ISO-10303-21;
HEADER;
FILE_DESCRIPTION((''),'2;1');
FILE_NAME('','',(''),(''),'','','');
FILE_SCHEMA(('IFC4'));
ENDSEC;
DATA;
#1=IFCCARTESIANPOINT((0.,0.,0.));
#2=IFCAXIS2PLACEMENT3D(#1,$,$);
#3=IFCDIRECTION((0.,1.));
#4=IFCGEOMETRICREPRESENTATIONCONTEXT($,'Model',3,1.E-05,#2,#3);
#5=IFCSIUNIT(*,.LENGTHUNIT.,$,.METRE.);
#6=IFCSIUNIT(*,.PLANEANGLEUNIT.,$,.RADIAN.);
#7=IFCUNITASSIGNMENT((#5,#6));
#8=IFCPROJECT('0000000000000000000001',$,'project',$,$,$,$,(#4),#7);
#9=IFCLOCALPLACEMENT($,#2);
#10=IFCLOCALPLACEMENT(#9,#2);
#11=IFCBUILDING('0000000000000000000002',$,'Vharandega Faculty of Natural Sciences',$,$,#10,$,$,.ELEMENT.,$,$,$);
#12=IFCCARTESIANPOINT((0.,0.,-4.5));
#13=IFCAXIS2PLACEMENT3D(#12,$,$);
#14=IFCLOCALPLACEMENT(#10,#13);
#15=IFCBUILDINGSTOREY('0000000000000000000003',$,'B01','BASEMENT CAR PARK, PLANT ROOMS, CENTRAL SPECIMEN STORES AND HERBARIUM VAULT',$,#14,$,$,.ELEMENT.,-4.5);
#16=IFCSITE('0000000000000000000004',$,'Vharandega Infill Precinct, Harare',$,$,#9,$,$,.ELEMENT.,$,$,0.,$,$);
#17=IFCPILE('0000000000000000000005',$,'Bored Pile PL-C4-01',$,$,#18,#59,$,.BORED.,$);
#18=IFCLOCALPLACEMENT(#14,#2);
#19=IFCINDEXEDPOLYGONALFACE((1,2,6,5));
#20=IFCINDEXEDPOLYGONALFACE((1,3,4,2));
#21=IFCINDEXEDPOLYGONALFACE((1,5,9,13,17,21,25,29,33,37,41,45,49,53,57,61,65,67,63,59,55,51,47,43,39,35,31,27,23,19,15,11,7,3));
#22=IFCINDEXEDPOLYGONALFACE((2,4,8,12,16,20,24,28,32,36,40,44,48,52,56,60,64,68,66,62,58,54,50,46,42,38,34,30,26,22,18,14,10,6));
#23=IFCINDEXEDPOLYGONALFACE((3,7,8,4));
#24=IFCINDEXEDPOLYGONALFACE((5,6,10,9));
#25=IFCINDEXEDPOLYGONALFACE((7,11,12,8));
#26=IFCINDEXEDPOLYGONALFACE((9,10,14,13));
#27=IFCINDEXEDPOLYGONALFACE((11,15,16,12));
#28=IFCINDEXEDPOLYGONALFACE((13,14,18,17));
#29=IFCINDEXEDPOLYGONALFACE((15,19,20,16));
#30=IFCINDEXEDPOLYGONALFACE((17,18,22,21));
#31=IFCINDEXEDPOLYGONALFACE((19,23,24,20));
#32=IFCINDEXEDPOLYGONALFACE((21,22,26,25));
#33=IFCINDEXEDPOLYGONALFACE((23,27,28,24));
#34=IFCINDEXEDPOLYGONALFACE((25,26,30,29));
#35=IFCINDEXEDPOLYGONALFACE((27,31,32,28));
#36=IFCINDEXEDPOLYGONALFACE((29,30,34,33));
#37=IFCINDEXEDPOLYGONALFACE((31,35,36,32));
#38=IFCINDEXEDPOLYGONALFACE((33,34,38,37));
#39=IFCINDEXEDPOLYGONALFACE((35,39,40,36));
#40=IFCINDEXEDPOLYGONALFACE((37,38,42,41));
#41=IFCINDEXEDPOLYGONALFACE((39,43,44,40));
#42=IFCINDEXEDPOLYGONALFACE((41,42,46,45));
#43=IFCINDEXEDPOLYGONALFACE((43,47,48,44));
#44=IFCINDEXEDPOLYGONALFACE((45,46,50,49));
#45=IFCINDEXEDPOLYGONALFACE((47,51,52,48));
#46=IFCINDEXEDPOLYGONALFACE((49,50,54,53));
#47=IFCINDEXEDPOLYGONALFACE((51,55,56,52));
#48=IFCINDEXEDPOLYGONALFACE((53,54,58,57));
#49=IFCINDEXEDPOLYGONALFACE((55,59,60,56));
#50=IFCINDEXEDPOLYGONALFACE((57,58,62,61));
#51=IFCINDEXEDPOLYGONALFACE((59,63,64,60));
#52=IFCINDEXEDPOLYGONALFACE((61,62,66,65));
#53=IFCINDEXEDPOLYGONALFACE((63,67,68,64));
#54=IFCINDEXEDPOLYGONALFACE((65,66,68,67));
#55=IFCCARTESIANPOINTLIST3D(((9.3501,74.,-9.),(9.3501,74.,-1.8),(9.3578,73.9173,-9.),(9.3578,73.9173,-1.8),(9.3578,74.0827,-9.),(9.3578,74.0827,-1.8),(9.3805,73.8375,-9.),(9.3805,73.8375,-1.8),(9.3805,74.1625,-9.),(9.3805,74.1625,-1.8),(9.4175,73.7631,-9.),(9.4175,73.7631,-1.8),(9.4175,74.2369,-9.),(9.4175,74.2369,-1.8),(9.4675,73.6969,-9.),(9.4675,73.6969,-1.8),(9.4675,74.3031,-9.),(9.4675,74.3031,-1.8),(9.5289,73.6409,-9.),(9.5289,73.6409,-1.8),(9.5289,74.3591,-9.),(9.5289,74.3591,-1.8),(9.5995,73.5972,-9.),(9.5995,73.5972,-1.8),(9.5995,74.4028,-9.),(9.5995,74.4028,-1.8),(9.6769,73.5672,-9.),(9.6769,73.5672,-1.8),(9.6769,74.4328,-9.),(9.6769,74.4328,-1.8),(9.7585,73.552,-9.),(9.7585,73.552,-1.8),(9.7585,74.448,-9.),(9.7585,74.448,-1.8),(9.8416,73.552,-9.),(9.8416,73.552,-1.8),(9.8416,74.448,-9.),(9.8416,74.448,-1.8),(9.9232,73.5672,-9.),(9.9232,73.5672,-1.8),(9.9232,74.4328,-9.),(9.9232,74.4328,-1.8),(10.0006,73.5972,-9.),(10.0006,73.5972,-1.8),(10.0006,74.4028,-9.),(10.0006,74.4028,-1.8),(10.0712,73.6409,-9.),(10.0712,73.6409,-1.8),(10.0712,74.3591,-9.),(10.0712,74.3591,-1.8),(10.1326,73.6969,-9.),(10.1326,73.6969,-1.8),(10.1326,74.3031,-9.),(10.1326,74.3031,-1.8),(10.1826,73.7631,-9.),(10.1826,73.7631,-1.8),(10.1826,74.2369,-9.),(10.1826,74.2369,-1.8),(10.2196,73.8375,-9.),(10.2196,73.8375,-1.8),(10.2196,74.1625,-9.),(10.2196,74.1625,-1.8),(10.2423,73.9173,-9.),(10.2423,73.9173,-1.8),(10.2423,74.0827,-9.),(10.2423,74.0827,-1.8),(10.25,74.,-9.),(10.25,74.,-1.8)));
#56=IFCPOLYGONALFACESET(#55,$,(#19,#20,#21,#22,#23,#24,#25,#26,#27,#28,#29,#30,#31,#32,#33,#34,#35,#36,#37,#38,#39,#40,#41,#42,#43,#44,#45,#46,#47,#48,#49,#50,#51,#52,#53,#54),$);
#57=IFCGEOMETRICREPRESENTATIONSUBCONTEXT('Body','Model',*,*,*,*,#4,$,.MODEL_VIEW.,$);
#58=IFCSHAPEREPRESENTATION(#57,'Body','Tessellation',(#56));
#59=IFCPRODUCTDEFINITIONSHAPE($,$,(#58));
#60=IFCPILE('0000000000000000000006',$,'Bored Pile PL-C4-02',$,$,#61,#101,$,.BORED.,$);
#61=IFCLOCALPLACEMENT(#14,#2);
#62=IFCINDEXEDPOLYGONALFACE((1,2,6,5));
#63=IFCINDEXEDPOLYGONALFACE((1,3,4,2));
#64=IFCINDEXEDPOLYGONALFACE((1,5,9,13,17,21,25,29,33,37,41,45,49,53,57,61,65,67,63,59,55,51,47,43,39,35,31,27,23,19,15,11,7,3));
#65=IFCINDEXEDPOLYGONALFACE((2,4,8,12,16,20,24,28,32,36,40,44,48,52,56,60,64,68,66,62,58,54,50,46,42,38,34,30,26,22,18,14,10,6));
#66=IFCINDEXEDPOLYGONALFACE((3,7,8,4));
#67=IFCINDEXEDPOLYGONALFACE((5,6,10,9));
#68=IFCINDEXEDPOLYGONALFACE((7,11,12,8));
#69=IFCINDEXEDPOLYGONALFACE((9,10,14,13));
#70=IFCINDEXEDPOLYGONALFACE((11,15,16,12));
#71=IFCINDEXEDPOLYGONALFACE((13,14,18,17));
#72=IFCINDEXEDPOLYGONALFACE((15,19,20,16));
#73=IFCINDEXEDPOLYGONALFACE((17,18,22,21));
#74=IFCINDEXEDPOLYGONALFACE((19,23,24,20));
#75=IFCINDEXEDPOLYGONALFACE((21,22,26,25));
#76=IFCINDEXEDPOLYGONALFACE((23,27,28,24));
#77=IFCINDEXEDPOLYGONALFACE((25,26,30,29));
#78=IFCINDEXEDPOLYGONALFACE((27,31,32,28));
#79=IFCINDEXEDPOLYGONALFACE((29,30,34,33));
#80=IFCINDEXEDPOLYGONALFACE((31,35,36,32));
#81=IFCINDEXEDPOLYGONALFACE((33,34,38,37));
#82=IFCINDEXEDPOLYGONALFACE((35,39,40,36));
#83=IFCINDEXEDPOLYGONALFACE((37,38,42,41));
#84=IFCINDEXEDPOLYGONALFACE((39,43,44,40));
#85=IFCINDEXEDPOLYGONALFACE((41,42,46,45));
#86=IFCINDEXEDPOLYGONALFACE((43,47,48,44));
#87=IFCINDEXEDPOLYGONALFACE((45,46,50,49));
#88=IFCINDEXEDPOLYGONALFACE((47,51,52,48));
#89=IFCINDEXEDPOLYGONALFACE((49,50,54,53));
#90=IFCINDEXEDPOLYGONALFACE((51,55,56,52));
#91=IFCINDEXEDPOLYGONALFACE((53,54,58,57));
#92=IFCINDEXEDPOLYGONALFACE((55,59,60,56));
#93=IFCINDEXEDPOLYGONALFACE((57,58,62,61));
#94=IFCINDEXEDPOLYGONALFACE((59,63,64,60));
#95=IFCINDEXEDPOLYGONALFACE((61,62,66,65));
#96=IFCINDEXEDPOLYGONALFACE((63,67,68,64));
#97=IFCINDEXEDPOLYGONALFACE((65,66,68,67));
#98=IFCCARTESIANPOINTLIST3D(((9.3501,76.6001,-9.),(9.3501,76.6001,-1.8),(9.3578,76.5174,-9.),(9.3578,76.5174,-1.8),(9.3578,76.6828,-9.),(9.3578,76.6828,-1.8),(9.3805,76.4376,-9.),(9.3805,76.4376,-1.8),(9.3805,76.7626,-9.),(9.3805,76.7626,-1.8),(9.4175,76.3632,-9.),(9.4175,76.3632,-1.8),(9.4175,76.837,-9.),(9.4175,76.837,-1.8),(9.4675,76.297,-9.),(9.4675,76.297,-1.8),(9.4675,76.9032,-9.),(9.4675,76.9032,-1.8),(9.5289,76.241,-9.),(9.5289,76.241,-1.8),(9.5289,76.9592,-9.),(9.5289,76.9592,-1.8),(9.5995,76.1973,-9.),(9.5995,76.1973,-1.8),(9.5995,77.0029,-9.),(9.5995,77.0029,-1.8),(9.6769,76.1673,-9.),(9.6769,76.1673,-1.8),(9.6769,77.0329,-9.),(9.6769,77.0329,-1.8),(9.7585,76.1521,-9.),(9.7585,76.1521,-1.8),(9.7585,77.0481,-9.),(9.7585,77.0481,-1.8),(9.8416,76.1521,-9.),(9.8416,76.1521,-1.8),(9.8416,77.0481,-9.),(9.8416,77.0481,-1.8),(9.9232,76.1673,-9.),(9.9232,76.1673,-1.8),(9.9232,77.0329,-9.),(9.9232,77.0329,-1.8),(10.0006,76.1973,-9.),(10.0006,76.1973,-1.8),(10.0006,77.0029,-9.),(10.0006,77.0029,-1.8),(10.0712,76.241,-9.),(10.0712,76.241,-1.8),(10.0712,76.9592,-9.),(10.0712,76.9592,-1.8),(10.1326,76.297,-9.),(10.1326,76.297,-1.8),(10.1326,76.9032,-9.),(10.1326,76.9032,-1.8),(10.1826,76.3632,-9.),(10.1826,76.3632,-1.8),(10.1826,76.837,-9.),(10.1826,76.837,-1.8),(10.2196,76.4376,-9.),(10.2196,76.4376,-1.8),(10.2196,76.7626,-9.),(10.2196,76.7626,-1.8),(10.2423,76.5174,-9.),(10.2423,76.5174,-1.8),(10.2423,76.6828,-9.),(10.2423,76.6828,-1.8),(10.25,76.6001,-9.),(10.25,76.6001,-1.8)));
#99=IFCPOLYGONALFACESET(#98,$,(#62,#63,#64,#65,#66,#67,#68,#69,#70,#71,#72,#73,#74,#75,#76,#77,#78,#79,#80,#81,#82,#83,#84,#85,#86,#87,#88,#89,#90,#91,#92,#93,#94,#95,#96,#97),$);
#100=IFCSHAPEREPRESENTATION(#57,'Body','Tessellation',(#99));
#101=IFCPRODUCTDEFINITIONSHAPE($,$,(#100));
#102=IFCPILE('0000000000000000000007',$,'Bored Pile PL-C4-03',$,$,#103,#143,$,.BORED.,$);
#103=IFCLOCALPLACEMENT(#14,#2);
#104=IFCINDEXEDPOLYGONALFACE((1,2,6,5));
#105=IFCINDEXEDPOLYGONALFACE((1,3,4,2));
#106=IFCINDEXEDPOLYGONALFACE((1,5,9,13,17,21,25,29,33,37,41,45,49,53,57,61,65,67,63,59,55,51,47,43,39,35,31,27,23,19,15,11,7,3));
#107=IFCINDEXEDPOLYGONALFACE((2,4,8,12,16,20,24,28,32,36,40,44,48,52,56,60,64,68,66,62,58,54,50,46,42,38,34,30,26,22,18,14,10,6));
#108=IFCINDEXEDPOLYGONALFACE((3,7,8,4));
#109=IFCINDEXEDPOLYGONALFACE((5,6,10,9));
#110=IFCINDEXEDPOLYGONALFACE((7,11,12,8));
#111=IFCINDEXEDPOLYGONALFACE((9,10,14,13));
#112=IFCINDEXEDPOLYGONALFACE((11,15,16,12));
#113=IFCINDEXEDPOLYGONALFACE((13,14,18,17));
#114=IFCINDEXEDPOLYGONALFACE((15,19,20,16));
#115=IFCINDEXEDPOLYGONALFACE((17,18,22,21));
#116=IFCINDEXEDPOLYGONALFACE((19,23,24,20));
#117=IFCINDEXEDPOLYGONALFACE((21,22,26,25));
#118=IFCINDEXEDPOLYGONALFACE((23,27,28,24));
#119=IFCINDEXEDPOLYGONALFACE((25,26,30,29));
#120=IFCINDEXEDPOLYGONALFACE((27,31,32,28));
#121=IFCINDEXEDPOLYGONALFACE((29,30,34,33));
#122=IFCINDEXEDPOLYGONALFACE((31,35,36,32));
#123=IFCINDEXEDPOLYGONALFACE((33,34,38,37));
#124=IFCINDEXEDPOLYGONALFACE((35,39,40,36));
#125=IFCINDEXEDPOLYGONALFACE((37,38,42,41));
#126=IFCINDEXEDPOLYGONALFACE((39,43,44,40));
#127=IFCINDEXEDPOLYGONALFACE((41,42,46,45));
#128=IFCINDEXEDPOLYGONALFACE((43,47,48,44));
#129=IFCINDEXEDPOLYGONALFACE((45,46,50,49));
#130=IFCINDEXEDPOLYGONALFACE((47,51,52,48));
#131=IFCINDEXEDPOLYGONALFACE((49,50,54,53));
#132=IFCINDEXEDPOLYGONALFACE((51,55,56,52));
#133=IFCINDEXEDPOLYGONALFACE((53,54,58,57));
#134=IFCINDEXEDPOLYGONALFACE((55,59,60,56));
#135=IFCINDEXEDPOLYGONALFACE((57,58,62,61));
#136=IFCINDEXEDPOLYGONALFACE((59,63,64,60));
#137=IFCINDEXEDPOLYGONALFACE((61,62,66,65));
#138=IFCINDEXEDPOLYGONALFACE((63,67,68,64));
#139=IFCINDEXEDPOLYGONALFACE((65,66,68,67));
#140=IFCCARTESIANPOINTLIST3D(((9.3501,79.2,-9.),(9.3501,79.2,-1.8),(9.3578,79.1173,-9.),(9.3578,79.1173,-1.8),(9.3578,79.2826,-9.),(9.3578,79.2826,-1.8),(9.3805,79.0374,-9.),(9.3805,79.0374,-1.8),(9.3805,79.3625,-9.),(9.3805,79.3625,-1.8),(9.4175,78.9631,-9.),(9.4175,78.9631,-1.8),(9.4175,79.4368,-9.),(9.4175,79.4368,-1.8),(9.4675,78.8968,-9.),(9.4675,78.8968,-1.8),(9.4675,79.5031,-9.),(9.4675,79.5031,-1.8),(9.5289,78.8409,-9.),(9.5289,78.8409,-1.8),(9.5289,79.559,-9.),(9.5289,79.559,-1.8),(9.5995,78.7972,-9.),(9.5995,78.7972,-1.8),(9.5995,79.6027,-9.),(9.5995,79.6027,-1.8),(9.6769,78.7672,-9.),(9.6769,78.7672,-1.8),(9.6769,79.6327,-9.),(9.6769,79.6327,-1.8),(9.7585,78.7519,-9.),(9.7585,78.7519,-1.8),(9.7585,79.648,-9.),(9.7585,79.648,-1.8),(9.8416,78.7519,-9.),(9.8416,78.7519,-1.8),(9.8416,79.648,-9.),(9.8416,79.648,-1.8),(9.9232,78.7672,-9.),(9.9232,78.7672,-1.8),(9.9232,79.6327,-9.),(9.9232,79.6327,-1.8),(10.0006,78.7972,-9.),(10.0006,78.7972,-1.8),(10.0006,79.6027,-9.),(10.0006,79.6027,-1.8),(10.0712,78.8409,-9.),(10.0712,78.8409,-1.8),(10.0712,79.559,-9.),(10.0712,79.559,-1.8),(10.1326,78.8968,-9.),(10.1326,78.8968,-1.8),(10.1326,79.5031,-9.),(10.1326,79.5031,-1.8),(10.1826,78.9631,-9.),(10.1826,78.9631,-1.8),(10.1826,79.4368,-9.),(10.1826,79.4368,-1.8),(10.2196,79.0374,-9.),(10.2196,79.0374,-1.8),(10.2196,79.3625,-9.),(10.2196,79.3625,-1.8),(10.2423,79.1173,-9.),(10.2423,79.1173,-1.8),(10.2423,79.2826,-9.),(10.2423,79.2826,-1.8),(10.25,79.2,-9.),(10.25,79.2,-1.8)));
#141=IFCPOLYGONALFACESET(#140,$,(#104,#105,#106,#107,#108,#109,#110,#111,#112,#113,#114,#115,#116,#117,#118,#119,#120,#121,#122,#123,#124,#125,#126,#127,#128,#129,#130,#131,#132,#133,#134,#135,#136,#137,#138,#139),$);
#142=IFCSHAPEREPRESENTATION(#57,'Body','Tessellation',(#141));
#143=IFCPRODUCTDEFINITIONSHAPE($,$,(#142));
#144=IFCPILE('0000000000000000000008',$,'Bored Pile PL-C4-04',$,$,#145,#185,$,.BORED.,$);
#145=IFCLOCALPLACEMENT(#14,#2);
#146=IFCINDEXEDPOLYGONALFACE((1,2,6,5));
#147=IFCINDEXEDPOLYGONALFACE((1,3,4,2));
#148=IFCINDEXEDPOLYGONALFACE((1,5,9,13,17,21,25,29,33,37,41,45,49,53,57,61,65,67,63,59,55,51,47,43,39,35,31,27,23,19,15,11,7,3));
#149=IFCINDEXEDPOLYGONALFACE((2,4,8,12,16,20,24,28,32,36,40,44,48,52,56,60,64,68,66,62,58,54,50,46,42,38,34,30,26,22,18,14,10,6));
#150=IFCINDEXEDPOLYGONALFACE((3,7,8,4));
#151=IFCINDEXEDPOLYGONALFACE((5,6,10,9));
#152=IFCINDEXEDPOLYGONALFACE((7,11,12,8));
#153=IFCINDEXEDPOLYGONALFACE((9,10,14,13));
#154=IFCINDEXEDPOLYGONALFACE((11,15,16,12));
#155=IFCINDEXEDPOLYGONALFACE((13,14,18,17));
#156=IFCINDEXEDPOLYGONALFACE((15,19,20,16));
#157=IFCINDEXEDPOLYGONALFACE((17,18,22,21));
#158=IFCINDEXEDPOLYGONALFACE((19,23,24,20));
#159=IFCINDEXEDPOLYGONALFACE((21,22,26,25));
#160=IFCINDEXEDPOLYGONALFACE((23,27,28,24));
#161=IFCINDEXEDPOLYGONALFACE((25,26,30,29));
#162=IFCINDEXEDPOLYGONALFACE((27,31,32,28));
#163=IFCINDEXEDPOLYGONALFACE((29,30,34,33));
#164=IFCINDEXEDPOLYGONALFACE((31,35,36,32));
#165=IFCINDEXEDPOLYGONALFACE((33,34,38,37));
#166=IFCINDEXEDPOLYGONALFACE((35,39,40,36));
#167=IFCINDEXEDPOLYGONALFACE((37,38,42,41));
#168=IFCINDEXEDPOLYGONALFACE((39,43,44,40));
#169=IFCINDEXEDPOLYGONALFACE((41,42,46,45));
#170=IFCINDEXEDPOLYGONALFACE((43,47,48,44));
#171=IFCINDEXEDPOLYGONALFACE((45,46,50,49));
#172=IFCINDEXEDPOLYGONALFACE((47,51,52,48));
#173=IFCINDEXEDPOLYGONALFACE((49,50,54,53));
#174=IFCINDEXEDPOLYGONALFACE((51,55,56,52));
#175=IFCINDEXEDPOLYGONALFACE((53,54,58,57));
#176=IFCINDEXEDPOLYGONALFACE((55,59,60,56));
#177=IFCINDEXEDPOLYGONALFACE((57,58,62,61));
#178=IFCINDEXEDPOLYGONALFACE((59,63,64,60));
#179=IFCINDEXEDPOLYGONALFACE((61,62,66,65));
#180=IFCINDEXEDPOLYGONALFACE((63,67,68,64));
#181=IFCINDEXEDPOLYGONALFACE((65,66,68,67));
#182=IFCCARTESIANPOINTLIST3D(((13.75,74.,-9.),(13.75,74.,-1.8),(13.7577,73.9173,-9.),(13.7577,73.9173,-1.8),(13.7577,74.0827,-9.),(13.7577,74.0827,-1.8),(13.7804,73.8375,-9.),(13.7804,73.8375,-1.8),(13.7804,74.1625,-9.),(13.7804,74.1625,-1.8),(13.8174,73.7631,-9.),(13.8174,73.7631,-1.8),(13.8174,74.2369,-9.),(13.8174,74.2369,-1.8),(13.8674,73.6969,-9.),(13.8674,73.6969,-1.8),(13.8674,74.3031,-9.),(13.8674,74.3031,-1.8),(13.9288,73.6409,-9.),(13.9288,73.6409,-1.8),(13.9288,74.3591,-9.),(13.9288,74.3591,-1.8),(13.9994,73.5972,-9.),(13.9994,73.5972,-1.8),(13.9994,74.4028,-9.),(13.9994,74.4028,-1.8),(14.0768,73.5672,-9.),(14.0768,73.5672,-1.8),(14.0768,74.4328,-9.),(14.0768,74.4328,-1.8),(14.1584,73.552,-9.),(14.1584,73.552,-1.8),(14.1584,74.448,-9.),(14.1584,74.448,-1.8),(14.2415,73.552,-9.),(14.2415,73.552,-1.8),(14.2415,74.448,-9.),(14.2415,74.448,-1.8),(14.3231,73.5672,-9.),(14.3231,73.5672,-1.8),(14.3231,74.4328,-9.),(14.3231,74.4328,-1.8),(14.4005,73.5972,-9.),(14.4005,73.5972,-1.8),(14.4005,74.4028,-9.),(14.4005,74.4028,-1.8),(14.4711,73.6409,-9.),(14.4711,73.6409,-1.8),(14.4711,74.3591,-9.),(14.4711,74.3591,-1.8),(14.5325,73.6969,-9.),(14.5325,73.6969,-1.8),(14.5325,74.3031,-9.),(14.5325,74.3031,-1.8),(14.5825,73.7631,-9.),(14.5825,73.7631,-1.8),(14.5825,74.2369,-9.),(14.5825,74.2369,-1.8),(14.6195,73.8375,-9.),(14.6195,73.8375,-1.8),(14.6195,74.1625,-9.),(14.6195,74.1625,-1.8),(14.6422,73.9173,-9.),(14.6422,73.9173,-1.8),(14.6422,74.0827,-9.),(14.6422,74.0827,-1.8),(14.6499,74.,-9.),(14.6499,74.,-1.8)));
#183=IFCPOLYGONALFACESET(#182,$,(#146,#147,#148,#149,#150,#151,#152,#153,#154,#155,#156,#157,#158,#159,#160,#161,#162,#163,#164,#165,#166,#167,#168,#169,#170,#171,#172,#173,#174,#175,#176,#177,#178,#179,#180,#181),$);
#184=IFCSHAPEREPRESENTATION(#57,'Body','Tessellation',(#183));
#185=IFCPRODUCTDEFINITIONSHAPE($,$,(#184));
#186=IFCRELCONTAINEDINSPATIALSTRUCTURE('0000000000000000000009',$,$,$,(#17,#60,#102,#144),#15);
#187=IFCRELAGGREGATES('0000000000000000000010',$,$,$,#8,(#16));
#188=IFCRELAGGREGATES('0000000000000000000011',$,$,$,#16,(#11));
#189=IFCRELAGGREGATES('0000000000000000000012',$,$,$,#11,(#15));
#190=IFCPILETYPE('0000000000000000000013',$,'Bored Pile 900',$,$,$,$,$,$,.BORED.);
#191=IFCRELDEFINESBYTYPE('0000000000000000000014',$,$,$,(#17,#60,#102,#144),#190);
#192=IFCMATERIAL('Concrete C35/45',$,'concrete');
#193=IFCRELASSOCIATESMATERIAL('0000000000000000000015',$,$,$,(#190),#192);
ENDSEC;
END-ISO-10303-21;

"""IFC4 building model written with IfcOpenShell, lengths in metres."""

from ifc_helpers import new_model, si_unit, direction, frame, origin, origin_2d, place, context, subcontext, project, spatial, circle, extrude, material, material_profile, profile_set, type_object, element, save


model = new_model("IFC4")

# Units and contexts
model_context = context("Model", 3, precision=1e-05, world=origin(), true_north=direction((0.0, 1.0)))
body_context = subcontext(model_context, "Body", "Model", "MODEL_VIEW")
ifc_project = project(units=[si_unit("LENGTHUNIT", "METRE"), si_unit("PLANEANGLEUNIT", "RADIAN")], contexts=[model_context])

# Site, building, storey
site_placement = place(None, origin())
site = spatial("IfcSite", under=ifc_project, at=site_placement, Name="Vharandega Infill Precinct, Harare", CompositionType="ELEMENT", RefElevation=0.0)
building_placement = place(site_placement, origin())
building = spatial("IfcBuilding", under=site, at=building_placement, Name="Vharandega Faculty of Natural Sciences", CompositionType="ELEMENT")
storey_placement = place(building_placement, frame((0.0, 0.0, -4.5)))
storey = spatial("IfcBuildingStorey", under=building, at=storey_placement, Name="B01", Description="BASEMENT CAR PARK, PLANT ROOMS, CENTRAL SPECIMEN STORES AND HERBARIUM VAULT", CompositionType="ELEMENT", Elevation=-4.5)

# Piles
ifc_material_1 = material(Name="Concrete C35/45", Category="concrete")
ifc_material_profile_1 = material_profile(ifc_material_1, circle(Radius=0.45, at=origin_2d()), Name="PILE 900")
ifc_profile_set_1 = profile_set([ifc_material_profile_1], Name="Concrete C35/45")
pile_type = type_object("IfcPileType", Name="Bored Pile 900", PredefinedType="BORED", material=ifc_profile_set_1)
for number, where, z_axis, x_axis, name in (
    (1, (9.8, 74.0, -1.8), (0.0, 0.0, -1.0), (1.0, 0.0, 0.0), "Bored Pile PL-C4-01"),
    (2, (9.8, 76.6001, -1.8), (0.0, 0.0, -1.0), (1.0, 0.0, 0.0), "Bored Pile PL-C4-02"),
    (3, (9.8, 79.2, -1.8), (0.0, 0.0, -1.0), (1.0, 0.0, 0.0), "Bored Pile PL-C4-03"),
    (4, (14.2, 74.0, -1.8), (0.0, 0.0, -1.0), (1.0, 0.0, 0.0), "Bored Pile PL-C4-04"),
):
    element("IfcPile", number, at=place(storey_placement, frame(where, z_axis=z_axis, x_axis=x_axis)), inside=storey, type_object=pile_type, Name=name, PredefinedType="BORED", context=body_context, shape_type="SweptSolid", body=[
        extrude(circle(Radius=0.45, at=origin_2d()), origin(), (0.0, 0.0, 1.0), 7.2),
    ])

save(model, "model.ifc")
